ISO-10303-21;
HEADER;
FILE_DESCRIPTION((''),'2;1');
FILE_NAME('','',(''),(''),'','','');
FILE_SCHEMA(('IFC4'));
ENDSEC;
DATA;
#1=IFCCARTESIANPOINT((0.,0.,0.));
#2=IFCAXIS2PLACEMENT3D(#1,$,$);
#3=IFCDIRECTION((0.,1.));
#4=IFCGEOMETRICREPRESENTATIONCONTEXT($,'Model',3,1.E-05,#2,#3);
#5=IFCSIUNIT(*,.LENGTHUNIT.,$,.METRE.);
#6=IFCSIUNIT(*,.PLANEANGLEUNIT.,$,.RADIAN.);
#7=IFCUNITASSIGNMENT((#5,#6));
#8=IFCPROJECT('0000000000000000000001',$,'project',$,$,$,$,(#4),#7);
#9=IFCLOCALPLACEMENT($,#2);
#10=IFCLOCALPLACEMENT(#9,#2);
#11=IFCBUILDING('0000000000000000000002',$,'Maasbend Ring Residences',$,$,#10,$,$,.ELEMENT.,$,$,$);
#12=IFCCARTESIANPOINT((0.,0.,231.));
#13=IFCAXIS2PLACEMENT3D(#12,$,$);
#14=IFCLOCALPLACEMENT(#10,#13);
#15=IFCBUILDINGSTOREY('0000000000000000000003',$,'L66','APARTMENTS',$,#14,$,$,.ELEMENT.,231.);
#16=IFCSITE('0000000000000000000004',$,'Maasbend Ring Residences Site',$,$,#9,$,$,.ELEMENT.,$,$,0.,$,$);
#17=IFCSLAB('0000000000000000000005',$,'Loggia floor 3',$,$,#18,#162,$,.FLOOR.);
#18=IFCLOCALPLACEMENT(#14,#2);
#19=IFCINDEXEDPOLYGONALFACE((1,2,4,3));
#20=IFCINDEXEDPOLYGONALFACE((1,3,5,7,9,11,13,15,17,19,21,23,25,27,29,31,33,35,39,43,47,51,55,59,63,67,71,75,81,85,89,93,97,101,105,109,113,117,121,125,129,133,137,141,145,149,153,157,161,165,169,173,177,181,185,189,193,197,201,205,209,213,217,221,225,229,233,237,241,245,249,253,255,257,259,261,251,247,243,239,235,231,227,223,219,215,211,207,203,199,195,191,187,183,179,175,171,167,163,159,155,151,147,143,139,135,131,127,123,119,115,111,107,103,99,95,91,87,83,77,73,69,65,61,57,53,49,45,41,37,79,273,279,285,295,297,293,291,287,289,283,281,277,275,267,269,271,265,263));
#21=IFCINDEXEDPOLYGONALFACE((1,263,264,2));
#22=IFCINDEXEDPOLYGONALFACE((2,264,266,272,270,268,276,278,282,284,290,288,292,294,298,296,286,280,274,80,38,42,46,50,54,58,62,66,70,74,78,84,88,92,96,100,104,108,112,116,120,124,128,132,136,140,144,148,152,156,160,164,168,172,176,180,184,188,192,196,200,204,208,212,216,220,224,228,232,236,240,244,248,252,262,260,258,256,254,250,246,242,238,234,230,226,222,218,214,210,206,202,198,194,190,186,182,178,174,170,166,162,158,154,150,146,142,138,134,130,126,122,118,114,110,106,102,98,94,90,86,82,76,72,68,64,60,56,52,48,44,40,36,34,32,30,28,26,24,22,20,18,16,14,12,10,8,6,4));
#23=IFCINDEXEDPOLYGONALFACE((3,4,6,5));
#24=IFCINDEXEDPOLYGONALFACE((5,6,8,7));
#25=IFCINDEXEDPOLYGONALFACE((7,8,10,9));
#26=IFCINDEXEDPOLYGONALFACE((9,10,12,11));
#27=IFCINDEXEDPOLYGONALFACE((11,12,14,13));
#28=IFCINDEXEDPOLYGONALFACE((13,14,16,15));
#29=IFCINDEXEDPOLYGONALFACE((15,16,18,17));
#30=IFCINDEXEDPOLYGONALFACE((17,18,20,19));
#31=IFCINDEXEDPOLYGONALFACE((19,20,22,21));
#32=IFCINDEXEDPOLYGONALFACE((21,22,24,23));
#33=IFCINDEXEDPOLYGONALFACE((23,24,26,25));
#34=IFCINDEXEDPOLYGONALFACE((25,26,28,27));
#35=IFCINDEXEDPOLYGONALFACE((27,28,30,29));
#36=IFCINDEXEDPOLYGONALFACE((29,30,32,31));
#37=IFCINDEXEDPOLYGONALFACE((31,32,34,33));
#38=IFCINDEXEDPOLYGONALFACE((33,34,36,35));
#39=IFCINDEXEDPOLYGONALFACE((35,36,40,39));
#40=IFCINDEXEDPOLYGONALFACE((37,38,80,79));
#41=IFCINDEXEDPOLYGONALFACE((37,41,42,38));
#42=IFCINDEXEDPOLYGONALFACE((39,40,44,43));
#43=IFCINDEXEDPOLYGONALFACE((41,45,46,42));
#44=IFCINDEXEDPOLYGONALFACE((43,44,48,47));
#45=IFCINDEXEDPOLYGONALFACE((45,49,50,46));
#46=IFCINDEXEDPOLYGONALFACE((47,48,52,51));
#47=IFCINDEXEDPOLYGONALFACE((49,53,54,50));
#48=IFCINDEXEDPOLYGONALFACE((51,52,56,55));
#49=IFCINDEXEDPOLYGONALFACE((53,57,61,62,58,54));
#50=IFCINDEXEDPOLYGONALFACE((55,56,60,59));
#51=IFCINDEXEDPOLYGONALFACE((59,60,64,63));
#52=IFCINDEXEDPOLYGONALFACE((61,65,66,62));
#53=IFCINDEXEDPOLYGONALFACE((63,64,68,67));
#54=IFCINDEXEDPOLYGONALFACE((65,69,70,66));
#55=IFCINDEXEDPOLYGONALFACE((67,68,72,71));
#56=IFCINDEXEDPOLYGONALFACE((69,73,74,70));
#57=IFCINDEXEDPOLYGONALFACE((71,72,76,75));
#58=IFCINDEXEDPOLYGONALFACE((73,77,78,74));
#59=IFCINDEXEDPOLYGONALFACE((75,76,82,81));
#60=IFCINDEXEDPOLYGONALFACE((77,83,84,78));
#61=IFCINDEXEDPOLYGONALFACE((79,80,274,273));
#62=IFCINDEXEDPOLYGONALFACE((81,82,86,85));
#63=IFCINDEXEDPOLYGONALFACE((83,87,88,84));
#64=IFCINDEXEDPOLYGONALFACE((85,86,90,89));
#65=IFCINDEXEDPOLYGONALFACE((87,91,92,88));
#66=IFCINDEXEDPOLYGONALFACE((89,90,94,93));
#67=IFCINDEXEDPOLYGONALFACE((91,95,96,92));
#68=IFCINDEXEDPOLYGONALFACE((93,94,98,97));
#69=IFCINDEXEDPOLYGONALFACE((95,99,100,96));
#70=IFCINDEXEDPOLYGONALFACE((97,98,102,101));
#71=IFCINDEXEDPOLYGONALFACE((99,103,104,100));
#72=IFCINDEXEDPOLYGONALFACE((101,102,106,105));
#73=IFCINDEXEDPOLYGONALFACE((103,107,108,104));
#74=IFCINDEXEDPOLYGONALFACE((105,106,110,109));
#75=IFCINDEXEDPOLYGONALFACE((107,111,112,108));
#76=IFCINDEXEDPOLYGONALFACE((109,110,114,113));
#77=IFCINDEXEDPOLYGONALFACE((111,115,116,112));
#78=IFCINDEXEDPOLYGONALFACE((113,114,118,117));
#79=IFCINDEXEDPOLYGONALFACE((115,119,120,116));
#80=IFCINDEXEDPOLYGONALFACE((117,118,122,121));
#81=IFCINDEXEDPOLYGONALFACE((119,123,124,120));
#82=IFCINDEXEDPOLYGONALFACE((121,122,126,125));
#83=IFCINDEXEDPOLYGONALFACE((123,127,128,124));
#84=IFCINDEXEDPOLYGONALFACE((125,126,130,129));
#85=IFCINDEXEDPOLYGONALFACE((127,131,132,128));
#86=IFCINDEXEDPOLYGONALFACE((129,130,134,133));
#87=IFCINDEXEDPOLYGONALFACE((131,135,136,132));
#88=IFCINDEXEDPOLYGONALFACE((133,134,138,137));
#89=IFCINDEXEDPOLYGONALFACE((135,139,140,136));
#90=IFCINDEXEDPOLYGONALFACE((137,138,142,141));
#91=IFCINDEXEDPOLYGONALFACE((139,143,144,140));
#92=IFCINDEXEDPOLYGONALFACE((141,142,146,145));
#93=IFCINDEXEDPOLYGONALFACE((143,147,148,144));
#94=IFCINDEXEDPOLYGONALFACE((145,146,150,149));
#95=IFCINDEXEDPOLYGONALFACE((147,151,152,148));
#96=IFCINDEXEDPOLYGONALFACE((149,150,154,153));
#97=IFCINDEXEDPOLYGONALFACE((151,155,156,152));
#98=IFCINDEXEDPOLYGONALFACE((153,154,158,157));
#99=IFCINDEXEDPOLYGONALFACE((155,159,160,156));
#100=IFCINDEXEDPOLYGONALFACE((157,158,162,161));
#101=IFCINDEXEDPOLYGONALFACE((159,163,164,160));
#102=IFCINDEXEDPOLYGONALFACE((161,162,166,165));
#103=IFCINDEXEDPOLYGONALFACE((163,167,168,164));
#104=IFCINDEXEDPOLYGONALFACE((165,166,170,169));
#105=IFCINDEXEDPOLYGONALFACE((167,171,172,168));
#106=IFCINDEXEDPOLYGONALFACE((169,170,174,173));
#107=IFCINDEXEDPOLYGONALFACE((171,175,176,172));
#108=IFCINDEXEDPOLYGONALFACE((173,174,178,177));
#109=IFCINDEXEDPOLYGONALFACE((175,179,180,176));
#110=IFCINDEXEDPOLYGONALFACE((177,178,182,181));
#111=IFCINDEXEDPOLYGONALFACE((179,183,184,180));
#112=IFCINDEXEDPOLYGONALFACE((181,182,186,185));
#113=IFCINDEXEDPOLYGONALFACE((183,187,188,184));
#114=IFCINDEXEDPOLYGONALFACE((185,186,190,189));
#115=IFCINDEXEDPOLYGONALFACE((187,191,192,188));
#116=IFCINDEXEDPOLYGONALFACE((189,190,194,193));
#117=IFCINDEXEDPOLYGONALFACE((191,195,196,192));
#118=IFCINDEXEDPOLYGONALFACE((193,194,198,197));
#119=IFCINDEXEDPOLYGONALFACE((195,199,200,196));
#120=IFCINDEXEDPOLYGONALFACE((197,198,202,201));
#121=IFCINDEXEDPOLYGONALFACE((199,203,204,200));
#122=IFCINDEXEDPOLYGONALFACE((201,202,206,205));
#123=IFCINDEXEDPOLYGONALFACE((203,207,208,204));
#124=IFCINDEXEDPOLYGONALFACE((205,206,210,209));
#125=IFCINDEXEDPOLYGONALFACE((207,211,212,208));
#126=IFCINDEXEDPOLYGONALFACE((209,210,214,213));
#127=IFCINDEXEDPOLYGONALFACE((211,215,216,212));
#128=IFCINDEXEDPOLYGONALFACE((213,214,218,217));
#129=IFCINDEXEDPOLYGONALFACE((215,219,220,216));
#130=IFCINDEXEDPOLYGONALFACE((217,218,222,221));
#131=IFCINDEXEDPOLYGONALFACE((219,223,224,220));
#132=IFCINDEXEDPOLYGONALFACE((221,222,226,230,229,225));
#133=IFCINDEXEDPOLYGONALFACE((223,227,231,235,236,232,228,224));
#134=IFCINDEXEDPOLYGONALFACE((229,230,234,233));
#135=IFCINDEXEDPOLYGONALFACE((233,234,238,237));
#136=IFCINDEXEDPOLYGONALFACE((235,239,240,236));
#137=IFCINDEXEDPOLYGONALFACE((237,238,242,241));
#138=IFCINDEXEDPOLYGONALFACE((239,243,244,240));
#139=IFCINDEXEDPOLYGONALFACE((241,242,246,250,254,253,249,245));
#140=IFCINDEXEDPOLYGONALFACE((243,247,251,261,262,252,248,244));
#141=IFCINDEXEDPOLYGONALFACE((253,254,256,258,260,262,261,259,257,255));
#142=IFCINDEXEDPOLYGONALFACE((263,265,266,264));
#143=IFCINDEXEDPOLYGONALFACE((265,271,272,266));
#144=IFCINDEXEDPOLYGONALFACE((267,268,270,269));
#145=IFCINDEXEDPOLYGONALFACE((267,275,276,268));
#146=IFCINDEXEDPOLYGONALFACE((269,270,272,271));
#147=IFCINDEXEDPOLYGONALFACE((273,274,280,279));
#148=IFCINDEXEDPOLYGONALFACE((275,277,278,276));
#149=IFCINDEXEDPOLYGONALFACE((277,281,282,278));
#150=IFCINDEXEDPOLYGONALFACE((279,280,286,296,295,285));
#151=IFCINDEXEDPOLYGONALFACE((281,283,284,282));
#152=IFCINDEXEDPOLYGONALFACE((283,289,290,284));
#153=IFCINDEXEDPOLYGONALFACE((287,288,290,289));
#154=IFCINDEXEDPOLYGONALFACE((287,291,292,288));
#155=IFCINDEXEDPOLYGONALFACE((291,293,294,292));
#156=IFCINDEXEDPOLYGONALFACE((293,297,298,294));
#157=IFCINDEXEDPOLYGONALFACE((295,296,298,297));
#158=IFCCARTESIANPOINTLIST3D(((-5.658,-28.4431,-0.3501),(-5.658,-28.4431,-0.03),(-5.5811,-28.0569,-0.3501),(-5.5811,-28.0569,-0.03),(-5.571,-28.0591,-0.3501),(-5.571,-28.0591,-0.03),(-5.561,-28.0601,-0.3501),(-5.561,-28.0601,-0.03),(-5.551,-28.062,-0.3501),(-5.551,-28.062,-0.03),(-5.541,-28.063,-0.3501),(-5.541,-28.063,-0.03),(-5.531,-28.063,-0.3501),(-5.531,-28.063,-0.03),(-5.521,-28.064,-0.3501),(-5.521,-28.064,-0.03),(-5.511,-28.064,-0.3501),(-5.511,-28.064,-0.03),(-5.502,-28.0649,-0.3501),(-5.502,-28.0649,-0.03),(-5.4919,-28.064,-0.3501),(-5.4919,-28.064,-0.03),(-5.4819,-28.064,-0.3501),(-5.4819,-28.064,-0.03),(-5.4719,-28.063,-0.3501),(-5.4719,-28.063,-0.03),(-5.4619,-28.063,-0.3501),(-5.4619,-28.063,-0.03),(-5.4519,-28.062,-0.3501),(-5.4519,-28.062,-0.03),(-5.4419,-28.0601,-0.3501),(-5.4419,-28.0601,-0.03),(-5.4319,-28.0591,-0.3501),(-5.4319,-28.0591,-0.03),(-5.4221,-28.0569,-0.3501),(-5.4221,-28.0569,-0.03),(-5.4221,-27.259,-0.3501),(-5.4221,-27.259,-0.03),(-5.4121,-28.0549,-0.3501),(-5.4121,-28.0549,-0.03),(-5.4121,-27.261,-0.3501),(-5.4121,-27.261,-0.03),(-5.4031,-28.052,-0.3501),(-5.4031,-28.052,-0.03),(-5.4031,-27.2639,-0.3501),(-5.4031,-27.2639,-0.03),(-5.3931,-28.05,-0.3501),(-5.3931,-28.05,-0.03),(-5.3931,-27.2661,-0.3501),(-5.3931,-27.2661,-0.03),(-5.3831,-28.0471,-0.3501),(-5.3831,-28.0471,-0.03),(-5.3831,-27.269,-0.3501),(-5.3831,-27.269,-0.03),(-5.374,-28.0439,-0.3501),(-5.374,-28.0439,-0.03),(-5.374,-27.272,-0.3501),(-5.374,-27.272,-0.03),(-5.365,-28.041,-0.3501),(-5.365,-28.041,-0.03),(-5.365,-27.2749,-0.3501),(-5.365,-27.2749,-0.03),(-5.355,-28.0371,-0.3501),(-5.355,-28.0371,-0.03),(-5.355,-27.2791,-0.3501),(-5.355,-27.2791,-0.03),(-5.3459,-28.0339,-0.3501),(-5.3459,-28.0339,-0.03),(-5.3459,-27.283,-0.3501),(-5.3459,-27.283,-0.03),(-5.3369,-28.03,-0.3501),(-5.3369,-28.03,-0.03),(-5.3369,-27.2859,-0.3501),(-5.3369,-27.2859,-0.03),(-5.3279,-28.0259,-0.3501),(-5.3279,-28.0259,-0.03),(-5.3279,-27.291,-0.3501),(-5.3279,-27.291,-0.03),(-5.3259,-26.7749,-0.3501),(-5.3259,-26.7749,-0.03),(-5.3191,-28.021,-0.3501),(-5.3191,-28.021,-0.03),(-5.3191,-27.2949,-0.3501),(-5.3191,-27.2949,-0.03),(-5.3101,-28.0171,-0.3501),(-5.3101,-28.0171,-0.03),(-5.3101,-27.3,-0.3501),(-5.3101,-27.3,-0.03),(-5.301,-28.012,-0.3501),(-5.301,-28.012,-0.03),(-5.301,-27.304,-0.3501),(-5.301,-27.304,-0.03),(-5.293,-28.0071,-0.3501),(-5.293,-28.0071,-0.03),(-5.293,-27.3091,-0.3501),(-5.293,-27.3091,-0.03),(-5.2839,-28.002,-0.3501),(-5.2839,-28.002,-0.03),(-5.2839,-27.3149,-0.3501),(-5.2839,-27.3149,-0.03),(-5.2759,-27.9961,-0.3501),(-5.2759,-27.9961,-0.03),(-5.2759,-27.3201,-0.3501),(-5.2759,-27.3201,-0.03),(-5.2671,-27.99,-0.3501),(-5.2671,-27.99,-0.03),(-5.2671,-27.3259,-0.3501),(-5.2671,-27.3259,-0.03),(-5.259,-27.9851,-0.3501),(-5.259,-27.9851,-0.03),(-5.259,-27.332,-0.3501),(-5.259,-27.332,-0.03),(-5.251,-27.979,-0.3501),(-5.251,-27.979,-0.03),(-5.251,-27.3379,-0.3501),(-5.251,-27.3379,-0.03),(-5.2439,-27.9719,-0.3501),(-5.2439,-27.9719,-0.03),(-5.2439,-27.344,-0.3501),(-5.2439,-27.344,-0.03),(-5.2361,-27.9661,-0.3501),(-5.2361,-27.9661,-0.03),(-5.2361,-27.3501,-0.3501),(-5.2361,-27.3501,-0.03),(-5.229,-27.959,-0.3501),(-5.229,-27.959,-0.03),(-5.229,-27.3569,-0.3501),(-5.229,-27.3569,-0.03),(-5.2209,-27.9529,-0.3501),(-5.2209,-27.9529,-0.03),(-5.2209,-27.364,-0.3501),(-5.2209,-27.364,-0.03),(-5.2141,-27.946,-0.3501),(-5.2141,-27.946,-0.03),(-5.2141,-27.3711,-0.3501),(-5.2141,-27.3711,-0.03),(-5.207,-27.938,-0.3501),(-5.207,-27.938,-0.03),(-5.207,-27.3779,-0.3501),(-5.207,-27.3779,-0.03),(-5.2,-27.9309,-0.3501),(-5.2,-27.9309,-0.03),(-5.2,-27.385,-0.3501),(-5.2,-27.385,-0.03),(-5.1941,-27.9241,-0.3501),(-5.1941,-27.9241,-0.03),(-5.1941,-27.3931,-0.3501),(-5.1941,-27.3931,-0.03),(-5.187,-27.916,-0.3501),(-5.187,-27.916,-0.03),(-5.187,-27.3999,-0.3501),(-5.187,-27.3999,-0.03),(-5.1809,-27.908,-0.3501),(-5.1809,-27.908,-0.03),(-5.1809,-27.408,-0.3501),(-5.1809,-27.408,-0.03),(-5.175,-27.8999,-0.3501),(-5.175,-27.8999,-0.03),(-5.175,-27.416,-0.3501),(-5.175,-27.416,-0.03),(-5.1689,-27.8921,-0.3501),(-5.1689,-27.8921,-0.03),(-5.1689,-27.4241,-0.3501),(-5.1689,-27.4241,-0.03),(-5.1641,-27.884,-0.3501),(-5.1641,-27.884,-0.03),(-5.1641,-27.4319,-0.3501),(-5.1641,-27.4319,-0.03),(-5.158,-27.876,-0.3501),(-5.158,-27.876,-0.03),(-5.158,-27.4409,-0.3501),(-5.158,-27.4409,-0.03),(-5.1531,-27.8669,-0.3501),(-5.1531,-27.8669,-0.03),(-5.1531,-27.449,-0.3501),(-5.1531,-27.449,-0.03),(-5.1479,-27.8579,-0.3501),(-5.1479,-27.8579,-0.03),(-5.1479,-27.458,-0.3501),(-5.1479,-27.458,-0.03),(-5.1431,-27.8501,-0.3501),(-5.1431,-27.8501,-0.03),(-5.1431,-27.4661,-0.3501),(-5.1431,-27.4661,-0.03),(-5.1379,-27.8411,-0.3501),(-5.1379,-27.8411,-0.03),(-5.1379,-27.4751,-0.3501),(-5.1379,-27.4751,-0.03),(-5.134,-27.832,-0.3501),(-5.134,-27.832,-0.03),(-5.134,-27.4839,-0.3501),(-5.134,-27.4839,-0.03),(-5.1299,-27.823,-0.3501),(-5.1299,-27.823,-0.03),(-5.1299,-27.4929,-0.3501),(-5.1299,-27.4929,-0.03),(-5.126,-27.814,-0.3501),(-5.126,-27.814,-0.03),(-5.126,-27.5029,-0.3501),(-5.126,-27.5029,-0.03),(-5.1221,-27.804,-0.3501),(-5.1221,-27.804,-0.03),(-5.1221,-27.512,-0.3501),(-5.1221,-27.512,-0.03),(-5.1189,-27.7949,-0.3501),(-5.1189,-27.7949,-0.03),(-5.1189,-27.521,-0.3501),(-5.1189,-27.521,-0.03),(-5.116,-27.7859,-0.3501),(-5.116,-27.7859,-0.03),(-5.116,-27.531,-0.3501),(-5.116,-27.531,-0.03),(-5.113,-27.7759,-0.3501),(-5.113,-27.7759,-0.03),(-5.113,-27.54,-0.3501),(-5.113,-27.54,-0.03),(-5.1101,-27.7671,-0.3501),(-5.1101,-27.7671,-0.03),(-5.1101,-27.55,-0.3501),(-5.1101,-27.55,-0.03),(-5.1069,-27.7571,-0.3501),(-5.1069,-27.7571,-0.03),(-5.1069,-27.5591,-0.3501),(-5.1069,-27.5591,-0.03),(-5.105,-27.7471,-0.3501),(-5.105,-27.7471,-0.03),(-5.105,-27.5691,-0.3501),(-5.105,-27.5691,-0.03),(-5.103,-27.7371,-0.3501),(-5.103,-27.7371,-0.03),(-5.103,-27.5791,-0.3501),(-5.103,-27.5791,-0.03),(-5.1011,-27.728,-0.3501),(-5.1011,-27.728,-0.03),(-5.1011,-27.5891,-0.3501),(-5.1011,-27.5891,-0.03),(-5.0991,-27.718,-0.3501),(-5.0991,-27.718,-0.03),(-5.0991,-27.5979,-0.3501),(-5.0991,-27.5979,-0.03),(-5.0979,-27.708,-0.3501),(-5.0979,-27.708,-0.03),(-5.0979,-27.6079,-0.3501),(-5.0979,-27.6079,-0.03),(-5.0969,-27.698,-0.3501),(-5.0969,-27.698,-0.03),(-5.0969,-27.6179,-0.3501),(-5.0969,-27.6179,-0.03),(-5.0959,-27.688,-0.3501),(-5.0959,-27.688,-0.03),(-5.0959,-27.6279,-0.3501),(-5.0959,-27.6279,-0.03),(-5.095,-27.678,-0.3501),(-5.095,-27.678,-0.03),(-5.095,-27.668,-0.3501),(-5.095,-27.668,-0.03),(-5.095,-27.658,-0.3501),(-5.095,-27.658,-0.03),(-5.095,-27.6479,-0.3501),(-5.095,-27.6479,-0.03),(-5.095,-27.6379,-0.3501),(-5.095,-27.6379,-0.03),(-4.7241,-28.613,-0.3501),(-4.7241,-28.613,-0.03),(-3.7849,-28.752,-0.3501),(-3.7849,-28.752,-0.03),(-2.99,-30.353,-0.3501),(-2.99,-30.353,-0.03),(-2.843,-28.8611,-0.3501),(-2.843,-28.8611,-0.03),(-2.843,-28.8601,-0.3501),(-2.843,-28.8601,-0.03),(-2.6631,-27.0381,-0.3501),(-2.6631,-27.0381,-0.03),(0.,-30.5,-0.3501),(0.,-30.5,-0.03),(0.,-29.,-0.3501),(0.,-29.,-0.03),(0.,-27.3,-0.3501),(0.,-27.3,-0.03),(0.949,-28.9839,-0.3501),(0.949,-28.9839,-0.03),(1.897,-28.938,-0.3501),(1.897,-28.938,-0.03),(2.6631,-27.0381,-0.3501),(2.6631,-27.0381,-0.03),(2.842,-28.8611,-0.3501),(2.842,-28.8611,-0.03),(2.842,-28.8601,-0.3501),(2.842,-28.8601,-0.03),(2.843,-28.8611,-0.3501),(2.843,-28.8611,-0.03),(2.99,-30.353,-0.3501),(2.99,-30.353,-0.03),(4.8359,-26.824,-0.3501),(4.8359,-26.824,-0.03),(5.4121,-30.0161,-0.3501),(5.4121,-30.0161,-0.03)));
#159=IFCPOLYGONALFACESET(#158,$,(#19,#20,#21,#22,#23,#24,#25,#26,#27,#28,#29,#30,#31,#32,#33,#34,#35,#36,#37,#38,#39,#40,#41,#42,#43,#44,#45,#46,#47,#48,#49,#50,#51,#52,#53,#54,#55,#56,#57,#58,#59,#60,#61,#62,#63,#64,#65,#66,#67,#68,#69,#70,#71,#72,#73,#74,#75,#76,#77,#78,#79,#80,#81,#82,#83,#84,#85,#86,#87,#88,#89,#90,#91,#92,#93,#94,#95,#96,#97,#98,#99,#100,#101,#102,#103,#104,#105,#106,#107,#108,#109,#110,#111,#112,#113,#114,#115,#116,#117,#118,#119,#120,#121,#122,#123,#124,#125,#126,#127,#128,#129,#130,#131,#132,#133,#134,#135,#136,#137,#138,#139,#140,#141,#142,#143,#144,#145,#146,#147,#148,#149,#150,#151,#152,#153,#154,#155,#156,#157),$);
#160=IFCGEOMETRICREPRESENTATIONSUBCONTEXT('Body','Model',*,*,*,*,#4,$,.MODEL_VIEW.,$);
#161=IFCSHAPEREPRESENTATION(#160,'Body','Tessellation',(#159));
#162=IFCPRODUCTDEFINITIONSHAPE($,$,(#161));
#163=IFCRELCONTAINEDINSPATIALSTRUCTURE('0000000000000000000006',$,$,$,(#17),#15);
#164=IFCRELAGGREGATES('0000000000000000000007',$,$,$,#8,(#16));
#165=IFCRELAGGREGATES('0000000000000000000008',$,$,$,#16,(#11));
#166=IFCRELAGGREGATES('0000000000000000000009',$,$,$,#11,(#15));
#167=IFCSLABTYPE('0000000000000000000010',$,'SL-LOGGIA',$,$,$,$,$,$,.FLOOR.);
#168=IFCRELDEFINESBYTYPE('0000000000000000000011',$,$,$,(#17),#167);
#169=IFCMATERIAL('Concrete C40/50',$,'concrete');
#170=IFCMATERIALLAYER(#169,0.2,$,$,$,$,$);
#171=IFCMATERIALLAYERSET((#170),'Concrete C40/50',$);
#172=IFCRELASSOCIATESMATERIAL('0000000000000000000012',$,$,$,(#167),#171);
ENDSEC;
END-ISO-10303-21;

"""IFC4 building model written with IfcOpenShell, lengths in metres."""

from ifc_helpers import new_model, si_unit, direction, frame, origin, place, context, subcontext, project, spatial, polyline, outline, extrude, material, layer, layer_set, type_object, element, save


model = new_model("IFC4")

# Units and contexts
model_context = context("Model", 3, precision=1e-05, world=origin(), true_north=direction((0.0, 1.0)))
body_context = subcontext(model_context, "Body", "Model", "MODEL_VIEW")
ifc_project = project(units=[si_unit("LENGTHUNIT", "METRE"), si_unit("PLANEANGLEUNIT", "RADIAN")], contexts=[model_context])

# Site, building, storey
site_placement = place(None, origin())
site = spatial("IfcSite", under=ifc_project, at=site_placement, Name="Maasbend Ring Residences Site", CompositionType="ELEMENT", RefElevation=0.0)
building_placement = place(site_placement, origin())
building = spatial("IfcBuilding", under=site, at=building_placement, Name="Maasbend Ring Residences", CompositionType="ELEMENT")
storey_placement = place(building_placement, frame((0.0, 0.0, 231.0)))
storey = spatial("IfcBuildingStorey", under=building, at=storey_placement, Name="L66", Description="APARTMENTS", CompositionType="ELEMENT", Elevation=231.0)

# Slab
ifc_material_1 = material(Name="Concrete C40/50", Category="concrete")
ifc_layer_1 = layer(ifc_material_1, 0.2)
ifc_layer_set_1 = layer_set([ifc_layer_1], Name="Concrete C40/50")
slab_type_1 = type_object("IfcSlabType", Name="SL-LOGGIA", PredefinedType="FLOOR", material=ifc_layer_set_1)
slab_1_placement = place(storey_placement, frame((0.0, 0.0, -0.3501)))
element("IfcSlab", 1, at=slab_1_placement, inside=storey, type_object=slab_type_1, Name="Loggia floor 3", PredefinedType="FLOOR", context=body_context, shape_type="SweptSolid", body=[
    extrude(outline(polyline([(-2.6631, -27.0381), (0.0, -27.3), (0.0, -27.3), (0.0, -27.3), (2.6631, -27.0381), (4.8359, -26.824), (4.8359, -26.824), (4.8359, -26.824), (5.4121, -30.0161), (5.4121, -30.0161), (5.4121, -30.0161), (2.99, -30.353), (2.99, -30.353), (2.99, -30.353), (2.843, -28.8611), (2.843, -28.8611), (2.843, -28.8611), (2.843, -28.8611), (2.842, -28.8611), (2.842, -28.8611), (2.842, -28.8611), (2.842, -28.8611), (2.842, -28.8611), (2.842, -28.8601), (2.842, -28.8601), (2.842, -28.8601), (2.842, -28.8601), (2.842, -28.8601), (2.842, -28.8601), (2.842, -28.8601), (2.842, -28.8601), (1.897, -28.938), (1.897, -28.938), (0.949, -28.9839), (0.949, -28.9839), (0.0, -29.0), (0.0, -29.0), (0.0, -29.0), (0.0, -29.0), (0.0, -29.0), (0.0, -29.0), (0.0, -29.0), (0.0, -29.0), (0.0, -29.0), (0.0, -29.0), (0.0, -29.0), (0.0, -29.0), (0.0, -29.0), (0.0, -29.0), (0.0, -29.0), (0.0, -29.0), (0.0, -29.0), (0.0, -30.5), (0.0, -30.5), (0.0, -30.5), (-2.99, -30.353), (-2.99, -30.353), (-2.99, -30.353), (-2.843, -28.8611), (-2.843, -28.8611), (-2.843, -28.8611), (-2.843, -28.8611), (-2.843, -28.8611), (-2.843, -28.8611), (-2.843, -28.8611), (-2.843, -28.8611), (-2.843, -28.8601), (-2.843, -28.8601), (-2.843, -28.8601), (-2.843, -28.8601), (-2.843, -28.8601), (-2.843, -28.8601), (-2.843, -28.8601), (-2.843, -28.8601), (-2.843, -28.8601), (-3.7849, -28.752), (-3.7849, -28.752), (-4.7241, -28.613), (-4.7241, -28.613), (-5.658, -28.4431), (-5.658, -28.4431), (-5.658, -28.4431), (-5.5811, -28.0569), (-5.5811, -28.0569), (-5.571, -28.0591), (-5.561, -28.0601), (-5.551, -28.062), (-5.541, -28.063), (-5.531, -28.063), (-5.521, -28.064), (-5.511, -28.064), (-5.502, -28.0649), (-5.4919, -28.064), (-5.4819, -28.064), (-5.4719, -28.063), (-5.4619, -28.063), (-5.4519, -28.062), (-5.4419, -28.0601), (-5.4319, -28.0591), (-5.4221, -28.0569), (-5.4121, -28.0549), (-5.4031, -28.052), (-5.3931, -28.05), (-5.3831, -28.0471), (-5.374, -28.0439), (-5.365, -28.041), (-5.355, -28.0371), (-5.3459, -28.0339), (-5.3369, -28.03), (-5.3279, -28.0259), (-5.3191, -28.021), (-5.3101, -28.0171), (-5.301, -28.012), (-5.293, -28.0071), (-5.2839, -28.002), (-5.2759, -27.9961), (-5.2671, -27.99), (-5.259, -27.9851), (-5.251, -27.979), (-5.2439, -27.9719), (-5.2361, -27.9661), (-5.229, -27.959), (-5.2209, -27.9529), (-5.2141, -27.946), (-5.207, -27.938), (-5.2, -27.9309), (-5.1941, -27.9241), (-5.187, -27.916), (-5.1809, -27.908), (-5.175, -27.8999), (-5.1689, -27.8921), (-5.1641, -27.884), (-5.158, -27.876), (-5.1531, -27.8669), (-5.1479, -27.8579), (-5.1431, -27.8501), (-5.1379, -27.8411), (-5.134, -27.832), (-5.1299, -27.823), (-5.126, -27.814), (-5.1221, -27.804), (-5.1189, -27.7949), (-5.116, -27.7859), (-5.113, -27.7759), (-5.1101, -27.7671), (-5.1069, -27.7571), (-5.105, -27.7471), (-5.103, -27.7371), (-5.1011, -27.728), (-5.0991, -27.718), (-5.0979, -27.708), (-5.0969, -27.698), (-5.0959, -27.688), (-5.095, -27.678), (-5.095, -27.668), (-5.095, -27.658), (-5.095, -27.6479), (-5.095, -27.6379), (-5.0959, -27.6279), (-5.0969, -27.6179), (-5.0979, -27.6079), (-5.0991, -27.5979), (-5.1011, -27.5891), (-5.103, -27.5791), (-5.105, -27.5691), (-5.1069, -27.5591), (-5.1101, -27.55), (-5.113, -27.54), (-5.116, -27.531), (-5.1189, -27.521), (-5.1221, -27.512), (-5.126, -27.5029), (-5.1299, -27.4929), (-5.134, -27.4839), (-5.1379, -27.4751), (-5.1431, -27.4661), (-5.1479, -27.458), (-5.1531, -27.449), (-5.158, -27.4409), (-5.1641, -27.4319), (-5.1689, -27.4241), (-5.175, -27.416), (-5.1809, -27.408), (-5.187, -27.3999), (-5.1941, -27.3931), (-5.2, -27.385), (-5.207, -27.3779), (-5.2141, -27.3711), (-5.2209, -27.364), (-5.229, -27.3569), (-5.2361, -27.3501), (-5.2439, -27.344), (-5.251, -27.3379), (-5.259, -27.332), (-5.2671, -27.3259), (-5.2759, -27.3201), (-5.2839, -27.3149), (-5.293, -27.3091), (-5.301, -27.304), (-5.3101, -27.3), (-5.3191, -27.2949), (-5.3279, -27.291), (-5.3369, -27.2859), (-5.3459, -27.283), (-5.355, -27.2791), (-5.365, -27.2749), (-5.374, -27.272), (-5.3831, -27.269), (-5.3931, -27.2661), (-5.4031, -27.2639), (-5.4121, -27.261), (-5.4221, -27.259), (-5.4221, -27.259), (-5.3259, -26.7749), (-5.3259, -26.7749), (-5.3259, -26.7749), (-2.6631, -27.0381)])), origin(), (0.0, 0.0, 1.0), 0.3201),
])

save(model, "model.ifc")
